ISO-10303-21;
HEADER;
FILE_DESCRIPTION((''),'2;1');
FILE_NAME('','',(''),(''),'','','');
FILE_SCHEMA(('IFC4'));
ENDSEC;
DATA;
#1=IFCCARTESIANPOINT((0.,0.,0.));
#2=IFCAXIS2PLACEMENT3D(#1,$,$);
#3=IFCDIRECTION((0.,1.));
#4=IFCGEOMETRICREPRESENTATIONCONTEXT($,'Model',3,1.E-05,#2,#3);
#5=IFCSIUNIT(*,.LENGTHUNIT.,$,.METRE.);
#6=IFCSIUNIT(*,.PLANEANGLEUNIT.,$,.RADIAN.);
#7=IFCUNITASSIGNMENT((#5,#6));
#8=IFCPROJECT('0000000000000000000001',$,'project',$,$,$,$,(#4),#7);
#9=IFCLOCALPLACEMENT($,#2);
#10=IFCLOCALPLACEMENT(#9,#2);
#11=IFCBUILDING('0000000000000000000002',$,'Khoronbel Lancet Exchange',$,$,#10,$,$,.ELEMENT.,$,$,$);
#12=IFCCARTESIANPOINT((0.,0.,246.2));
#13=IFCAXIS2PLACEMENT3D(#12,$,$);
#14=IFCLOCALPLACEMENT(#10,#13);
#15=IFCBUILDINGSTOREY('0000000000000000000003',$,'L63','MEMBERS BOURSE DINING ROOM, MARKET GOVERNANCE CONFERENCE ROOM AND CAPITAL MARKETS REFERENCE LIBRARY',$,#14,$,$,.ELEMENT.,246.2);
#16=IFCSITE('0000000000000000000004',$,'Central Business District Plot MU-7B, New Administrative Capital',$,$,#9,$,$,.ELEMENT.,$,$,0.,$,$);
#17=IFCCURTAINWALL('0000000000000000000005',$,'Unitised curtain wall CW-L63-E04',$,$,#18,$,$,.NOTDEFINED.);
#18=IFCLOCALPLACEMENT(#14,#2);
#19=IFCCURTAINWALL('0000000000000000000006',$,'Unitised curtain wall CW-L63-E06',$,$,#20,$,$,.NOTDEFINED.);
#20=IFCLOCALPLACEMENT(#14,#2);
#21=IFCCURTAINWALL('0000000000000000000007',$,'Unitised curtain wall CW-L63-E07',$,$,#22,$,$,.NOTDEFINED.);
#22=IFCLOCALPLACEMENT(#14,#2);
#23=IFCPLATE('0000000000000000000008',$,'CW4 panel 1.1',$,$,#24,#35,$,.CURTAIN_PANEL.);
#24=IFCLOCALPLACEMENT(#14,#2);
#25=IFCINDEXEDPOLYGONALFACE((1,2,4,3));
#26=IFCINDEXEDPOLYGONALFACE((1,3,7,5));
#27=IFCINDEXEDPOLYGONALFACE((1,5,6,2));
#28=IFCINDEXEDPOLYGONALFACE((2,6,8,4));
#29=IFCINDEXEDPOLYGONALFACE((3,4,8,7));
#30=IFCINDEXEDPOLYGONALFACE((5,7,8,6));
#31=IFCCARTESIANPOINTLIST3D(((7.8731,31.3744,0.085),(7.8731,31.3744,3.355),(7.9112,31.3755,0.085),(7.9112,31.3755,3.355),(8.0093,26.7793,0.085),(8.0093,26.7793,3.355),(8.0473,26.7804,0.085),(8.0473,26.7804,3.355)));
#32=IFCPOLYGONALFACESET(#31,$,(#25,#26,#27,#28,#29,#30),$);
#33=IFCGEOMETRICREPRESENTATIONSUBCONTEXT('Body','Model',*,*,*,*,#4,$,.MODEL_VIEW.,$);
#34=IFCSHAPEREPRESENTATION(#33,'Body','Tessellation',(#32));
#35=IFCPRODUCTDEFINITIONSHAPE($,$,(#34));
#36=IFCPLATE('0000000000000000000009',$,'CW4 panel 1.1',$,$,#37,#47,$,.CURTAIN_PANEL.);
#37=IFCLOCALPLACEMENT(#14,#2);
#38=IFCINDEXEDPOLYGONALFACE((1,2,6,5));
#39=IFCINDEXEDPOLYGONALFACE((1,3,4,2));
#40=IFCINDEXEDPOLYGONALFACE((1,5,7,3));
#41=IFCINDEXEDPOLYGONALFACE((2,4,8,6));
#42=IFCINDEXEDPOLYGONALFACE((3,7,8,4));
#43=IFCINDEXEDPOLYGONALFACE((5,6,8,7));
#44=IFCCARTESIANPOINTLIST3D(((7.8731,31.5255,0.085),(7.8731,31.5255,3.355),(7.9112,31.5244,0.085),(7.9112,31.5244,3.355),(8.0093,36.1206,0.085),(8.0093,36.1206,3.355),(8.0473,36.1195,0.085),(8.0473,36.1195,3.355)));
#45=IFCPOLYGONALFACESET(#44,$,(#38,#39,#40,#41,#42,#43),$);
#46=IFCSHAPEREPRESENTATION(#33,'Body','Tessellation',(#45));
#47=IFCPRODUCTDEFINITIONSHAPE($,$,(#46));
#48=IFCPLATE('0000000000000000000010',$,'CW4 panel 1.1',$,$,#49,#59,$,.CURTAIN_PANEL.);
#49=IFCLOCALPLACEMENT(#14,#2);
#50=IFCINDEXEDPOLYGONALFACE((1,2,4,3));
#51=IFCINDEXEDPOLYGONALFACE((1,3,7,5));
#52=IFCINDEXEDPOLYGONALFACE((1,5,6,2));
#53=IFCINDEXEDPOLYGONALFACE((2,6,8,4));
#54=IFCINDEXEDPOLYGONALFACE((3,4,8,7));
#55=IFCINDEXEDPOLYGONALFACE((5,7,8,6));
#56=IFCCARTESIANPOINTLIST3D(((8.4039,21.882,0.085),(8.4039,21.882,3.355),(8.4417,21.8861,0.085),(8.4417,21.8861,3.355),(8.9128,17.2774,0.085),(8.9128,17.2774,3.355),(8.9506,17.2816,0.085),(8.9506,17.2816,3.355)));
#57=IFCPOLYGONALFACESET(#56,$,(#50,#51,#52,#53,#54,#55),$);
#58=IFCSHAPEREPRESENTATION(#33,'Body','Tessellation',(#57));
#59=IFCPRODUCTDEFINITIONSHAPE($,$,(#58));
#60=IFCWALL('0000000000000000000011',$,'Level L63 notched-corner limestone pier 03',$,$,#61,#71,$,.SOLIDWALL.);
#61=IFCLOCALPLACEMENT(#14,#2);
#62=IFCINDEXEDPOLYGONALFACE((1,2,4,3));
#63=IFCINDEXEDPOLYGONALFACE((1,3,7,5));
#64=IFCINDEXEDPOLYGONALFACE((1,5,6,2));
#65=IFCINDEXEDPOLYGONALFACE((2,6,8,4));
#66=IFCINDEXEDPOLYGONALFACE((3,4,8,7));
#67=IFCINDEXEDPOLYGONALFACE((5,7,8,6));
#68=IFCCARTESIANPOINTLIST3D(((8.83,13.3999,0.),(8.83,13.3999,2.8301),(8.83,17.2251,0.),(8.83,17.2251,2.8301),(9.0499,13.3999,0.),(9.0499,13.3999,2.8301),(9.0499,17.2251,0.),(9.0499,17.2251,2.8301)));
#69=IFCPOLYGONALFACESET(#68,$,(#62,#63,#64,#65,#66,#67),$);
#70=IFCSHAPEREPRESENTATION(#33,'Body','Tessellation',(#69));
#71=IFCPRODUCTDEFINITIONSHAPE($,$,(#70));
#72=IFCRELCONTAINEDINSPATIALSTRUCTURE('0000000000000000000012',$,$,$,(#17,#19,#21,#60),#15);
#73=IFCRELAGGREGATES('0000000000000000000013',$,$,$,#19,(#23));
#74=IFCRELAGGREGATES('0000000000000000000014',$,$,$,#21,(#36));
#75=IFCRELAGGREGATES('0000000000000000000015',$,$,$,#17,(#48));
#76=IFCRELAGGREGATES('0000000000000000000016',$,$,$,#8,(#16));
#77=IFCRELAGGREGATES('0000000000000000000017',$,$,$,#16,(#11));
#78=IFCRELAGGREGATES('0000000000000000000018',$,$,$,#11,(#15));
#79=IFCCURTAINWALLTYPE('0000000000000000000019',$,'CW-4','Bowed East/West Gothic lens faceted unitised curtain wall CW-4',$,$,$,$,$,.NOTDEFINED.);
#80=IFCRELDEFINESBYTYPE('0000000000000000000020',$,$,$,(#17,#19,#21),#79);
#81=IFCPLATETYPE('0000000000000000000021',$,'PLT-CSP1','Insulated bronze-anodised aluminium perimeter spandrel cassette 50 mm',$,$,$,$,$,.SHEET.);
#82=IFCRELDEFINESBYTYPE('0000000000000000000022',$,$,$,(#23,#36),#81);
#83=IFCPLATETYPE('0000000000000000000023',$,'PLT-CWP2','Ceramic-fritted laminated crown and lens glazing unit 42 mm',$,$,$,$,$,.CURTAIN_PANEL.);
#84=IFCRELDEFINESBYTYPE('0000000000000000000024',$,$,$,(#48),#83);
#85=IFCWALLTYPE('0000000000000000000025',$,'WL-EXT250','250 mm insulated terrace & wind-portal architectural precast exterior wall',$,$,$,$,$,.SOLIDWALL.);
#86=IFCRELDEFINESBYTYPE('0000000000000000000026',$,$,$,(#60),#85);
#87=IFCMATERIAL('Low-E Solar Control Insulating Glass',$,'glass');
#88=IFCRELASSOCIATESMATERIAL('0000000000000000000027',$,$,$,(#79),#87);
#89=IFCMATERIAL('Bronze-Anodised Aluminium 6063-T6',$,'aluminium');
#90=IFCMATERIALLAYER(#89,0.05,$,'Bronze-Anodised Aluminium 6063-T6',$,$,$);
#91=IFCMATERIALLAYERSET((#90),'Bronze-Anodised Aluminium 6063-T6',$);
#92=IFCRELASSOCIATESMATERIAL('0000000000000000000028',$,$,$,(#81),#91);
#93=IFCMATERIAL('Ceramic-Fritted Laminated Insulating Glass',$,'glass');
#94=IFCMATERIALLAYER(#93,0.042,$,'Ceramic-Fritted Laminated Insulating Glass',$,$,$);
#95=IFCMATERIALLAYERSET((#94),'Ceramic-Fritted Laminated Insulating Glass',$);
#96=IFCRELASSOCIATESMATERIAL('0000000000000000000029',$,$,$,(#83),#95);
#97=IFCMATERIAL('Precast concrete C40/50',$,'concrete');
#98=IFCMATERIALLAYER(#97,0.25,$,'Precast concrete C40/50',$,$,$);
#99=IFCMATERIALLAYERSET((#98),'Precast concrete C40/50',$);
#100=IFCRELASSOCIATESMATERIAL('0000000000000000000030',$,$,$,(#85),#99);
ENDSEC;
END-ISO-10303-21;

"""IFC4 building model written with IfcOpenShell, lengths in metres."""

from ifc_helpers import new_model, si_unit, direction, frame, frame_2d, origin, origin_2d, place, context, subcontext, project, spatial, rectangle, extrude, material, layer, layer_set, type_object, element, aggregate, save


model = new_model("IFC4")

# Units and contexts
model_context = context("Model", 3, precision=1e-05, world=origin(), true_north=direction((0.0, 1.0)))
body_context = subcontext(model_context, "Body", "Model", "MODEL_VIEW")
ifc_project = project(units=[si_unit("LENGTHUNIT", "METRE"), si_unit("PLANEANGLEUNIT", "RADIAN")], contexts=[model_context])

# Site, building, storey
site_placement = place(None, origin())
site = spatial("IfcSite", under=ifc_project, at=site_placement, Name="Central Business District Plot MU-7B, New Administrative Capital", CompositionType="ELEMENT", RefElevation=0.0)
building_placement = place(site_placement, origin())
building = spatial("IfcBuilding", under=site, at=building_placement, Name="Khoronbel Lancet Exchange", CompositionType="ELEMENT")
storey_placement = place(building_placement, frame((0.0, 0.0, 246.2)))
storey = spatial("IfcBuildingStorey", under=building, at=storey_placement, Name="L63", Description="MEMBERS BOURSE DINING ROOM, MARKET GOVERNANCE CONFERENCE ROOM AND CAPITAL MARKETS REFERENCE LIBRARY", CompositionType="ELEMENT", Elevation=246.2)

# Curtain walls
ifc_material_1 = material(Name="Low-E Solar Control Insulating Glass", Category="glass")
curtain_wall_type = type_object("IfcCurtainWallType", Name="CW-4", Description="Bowed East/West Gothic lens faceted unitised curtain wall CW-4", PredefinedType="NOTDEFINED", material=ifc_material_1)
curtain_wall_1_placement = place(storey_placement, origin())
curtain_wall_1 = element("IfcCurtainWall", 1, at=curtain_wall_1_placement, inside=storey, type_object=curtain_wall_type, Name="Unitised curtain wall CW-L63-E04", PredefinedType="NOTDEFINED")
ifc_material_2 = material(Name="Bronze-Anodised Aluminium 6063-T6", Category="aluminium")
curtain_wall_2_placement = place(storey_placement, origin())
curtain_wall_2 = element("IfcCurtainWall", 2, at=curtain_wall_2_placement, inside=storey, type_object=curtain_wall_type, Name="Unitised curtain wall CW-L63-E06", PredefinedType="NOTDEFINED")

# Curtain wall
curtain_wall_3_placement = place(storey_placement, origin())
curtain_wall_3 = element("IfcCurtainWall", 3, at=curtain_wall_3_placement, inside=storey, type_object=curtain_wall_type, Name="Unitised curtain wall CW-L63-E07", PredefinedType="NOTDEFINED")

# Plates
ifc_layer_1 = layer(ifc_material_2, 0.05, Name="Bronze-Anodised Aluminium 6063-T6")
ifc_layer_set_1 = layer_set([ifc_layer_1], Name="Bronze-Anodised Aluminium 6063-T6")
plate_type_1 = type_object("IfcPlateType", Name="PLT-CSP1", Description="Insulated bronze-anodised aluminium perimeter spandrel cassette 50 mm", PredefinedType="SHEET", material=ifc_layer_set_1)
plate_1_placement = place(storey_placement, frame((7.9602, 29.0774, 0.085), z_axis=(0.0, 0.0, 1.0), x_axis=(-0.029618, 0.999561, 0.0)))
plate_1 = element("IfcPlate", 4, at=plate_1_placement, type_object=plate_type_1, Name="CW4 panel 1.1", PredefinedType="CURTAIN_PANEL", context=body_context, shape_type="SweptSolid", body=[
    extrude(rectangle(XDim=4.5972, YDim=0.0381, at=origin_2d()), origin(), (0.0, 0.0, 1.0), 3.27),
])
aggregate(curtain_wall_2, [plate_1])
plate_2_placement = place(storey_placement, frame((7.9602, 33.8225, 0.085), z_axis=(0.0, 0.0, 1.0), x_axis=(0.029618, 0.999561, 0.0)))
plate_2 = element("IfcPlate", 5, at=plate_2_placement, type_object=plate_type_1, Name="CW4 panel 1.1", PredefinedType="CURTAIN_PANEL", context=body_context, shape_type="SweptSolid", body=[
    extrude(rectangle(XDim=4.5972, YDim=0.0381, at=origin_2d()), origin(), (0.0, 0.0, 1.0), 3.27),
])
aggregate(curtain_wall_3, [plate_2])
ifc_material_3 = material(Name="Ceramic-Fritted Laminated Insulating Glass", Category="glass")
ifc_layer_2 = layer(ifc_material_3, 0.042, Name="Ceramic-Fritted Laminated Insulating Glass")
ifc_layer_set_2 = layer_set([ifc_layer_2], Name="Ceramic-Fritted Laminated Insulating Glass")
plate_type_2 = type_object("IfcPlateType", Name="PLT-CWP2", Description="Ceramic-fritted laminated crown and lens glazing unit 42 mm", PredefinedType="CURTAIN_PANEL", material=ifc_layer_set_2)
plate_3_placement = place(storey_placement, frame((8.6772, 19.5818, 0.085), z_axis=(0.0, 0.0, 1.0), x_axis=(-0.109858, 0.993947, 0.0)))
plate_3 = element("IfcPlate", 6, at=plate_3_placement, type_object=plate_type_2, Name="CW4 panel 1.1", PredefinedType="CURTAIN_PANEL", context=body_context, shape_type="SweptSolid", body=[
    extrude(rectangle(XDim=4.6326, YDim=0.0381, at=origin_2d()), origin(), (0.0, 0.0, 1.0), 3.27),
])
aggregate(curtain_wall_1, [plate_3])

# Wall
ifc_material_4 = material(Name="Precast concrete C40/50", Category="concrete")
ifc_layer_3 = layer(ifc_material_4, 0.25, Name="Precast concrete C40/50")
ifc_layer_set_3 = layer_set([ifc_layer_3], Name="Precast concrete C40/50")
wall_type = type_object("IfcWallType", Name="WL-EXT250", Description="250 mm insulated terrace & wind-portal architectural precast exterior wall", PredefinedType="SOLIDWALL", material=ifc_layer_set_3)
wall_placement = place(storey_placement, frame((8.9399, 13.3999, 0.0), z_axis=(0.0, 0.0, 1.0), x_axis=(0.0, 1.0, 0.0)))
element("IfcWall", 7, at=wall_placement, inside=storey, type_object=wall_type, Name="Level L63 notched-corner limestone pier 03", PredefinedType="SOLIDWALL", context=body_context, shape_type="SweptSolid", body=[
    extrude(rectangle(XDim=3.8252, YDim=0.22, at=frame_2d((1.9126, 0.0))), origin(), (0.0, 0.0, 1.0), 2.8301),
])

save(model, "model.ifc")
